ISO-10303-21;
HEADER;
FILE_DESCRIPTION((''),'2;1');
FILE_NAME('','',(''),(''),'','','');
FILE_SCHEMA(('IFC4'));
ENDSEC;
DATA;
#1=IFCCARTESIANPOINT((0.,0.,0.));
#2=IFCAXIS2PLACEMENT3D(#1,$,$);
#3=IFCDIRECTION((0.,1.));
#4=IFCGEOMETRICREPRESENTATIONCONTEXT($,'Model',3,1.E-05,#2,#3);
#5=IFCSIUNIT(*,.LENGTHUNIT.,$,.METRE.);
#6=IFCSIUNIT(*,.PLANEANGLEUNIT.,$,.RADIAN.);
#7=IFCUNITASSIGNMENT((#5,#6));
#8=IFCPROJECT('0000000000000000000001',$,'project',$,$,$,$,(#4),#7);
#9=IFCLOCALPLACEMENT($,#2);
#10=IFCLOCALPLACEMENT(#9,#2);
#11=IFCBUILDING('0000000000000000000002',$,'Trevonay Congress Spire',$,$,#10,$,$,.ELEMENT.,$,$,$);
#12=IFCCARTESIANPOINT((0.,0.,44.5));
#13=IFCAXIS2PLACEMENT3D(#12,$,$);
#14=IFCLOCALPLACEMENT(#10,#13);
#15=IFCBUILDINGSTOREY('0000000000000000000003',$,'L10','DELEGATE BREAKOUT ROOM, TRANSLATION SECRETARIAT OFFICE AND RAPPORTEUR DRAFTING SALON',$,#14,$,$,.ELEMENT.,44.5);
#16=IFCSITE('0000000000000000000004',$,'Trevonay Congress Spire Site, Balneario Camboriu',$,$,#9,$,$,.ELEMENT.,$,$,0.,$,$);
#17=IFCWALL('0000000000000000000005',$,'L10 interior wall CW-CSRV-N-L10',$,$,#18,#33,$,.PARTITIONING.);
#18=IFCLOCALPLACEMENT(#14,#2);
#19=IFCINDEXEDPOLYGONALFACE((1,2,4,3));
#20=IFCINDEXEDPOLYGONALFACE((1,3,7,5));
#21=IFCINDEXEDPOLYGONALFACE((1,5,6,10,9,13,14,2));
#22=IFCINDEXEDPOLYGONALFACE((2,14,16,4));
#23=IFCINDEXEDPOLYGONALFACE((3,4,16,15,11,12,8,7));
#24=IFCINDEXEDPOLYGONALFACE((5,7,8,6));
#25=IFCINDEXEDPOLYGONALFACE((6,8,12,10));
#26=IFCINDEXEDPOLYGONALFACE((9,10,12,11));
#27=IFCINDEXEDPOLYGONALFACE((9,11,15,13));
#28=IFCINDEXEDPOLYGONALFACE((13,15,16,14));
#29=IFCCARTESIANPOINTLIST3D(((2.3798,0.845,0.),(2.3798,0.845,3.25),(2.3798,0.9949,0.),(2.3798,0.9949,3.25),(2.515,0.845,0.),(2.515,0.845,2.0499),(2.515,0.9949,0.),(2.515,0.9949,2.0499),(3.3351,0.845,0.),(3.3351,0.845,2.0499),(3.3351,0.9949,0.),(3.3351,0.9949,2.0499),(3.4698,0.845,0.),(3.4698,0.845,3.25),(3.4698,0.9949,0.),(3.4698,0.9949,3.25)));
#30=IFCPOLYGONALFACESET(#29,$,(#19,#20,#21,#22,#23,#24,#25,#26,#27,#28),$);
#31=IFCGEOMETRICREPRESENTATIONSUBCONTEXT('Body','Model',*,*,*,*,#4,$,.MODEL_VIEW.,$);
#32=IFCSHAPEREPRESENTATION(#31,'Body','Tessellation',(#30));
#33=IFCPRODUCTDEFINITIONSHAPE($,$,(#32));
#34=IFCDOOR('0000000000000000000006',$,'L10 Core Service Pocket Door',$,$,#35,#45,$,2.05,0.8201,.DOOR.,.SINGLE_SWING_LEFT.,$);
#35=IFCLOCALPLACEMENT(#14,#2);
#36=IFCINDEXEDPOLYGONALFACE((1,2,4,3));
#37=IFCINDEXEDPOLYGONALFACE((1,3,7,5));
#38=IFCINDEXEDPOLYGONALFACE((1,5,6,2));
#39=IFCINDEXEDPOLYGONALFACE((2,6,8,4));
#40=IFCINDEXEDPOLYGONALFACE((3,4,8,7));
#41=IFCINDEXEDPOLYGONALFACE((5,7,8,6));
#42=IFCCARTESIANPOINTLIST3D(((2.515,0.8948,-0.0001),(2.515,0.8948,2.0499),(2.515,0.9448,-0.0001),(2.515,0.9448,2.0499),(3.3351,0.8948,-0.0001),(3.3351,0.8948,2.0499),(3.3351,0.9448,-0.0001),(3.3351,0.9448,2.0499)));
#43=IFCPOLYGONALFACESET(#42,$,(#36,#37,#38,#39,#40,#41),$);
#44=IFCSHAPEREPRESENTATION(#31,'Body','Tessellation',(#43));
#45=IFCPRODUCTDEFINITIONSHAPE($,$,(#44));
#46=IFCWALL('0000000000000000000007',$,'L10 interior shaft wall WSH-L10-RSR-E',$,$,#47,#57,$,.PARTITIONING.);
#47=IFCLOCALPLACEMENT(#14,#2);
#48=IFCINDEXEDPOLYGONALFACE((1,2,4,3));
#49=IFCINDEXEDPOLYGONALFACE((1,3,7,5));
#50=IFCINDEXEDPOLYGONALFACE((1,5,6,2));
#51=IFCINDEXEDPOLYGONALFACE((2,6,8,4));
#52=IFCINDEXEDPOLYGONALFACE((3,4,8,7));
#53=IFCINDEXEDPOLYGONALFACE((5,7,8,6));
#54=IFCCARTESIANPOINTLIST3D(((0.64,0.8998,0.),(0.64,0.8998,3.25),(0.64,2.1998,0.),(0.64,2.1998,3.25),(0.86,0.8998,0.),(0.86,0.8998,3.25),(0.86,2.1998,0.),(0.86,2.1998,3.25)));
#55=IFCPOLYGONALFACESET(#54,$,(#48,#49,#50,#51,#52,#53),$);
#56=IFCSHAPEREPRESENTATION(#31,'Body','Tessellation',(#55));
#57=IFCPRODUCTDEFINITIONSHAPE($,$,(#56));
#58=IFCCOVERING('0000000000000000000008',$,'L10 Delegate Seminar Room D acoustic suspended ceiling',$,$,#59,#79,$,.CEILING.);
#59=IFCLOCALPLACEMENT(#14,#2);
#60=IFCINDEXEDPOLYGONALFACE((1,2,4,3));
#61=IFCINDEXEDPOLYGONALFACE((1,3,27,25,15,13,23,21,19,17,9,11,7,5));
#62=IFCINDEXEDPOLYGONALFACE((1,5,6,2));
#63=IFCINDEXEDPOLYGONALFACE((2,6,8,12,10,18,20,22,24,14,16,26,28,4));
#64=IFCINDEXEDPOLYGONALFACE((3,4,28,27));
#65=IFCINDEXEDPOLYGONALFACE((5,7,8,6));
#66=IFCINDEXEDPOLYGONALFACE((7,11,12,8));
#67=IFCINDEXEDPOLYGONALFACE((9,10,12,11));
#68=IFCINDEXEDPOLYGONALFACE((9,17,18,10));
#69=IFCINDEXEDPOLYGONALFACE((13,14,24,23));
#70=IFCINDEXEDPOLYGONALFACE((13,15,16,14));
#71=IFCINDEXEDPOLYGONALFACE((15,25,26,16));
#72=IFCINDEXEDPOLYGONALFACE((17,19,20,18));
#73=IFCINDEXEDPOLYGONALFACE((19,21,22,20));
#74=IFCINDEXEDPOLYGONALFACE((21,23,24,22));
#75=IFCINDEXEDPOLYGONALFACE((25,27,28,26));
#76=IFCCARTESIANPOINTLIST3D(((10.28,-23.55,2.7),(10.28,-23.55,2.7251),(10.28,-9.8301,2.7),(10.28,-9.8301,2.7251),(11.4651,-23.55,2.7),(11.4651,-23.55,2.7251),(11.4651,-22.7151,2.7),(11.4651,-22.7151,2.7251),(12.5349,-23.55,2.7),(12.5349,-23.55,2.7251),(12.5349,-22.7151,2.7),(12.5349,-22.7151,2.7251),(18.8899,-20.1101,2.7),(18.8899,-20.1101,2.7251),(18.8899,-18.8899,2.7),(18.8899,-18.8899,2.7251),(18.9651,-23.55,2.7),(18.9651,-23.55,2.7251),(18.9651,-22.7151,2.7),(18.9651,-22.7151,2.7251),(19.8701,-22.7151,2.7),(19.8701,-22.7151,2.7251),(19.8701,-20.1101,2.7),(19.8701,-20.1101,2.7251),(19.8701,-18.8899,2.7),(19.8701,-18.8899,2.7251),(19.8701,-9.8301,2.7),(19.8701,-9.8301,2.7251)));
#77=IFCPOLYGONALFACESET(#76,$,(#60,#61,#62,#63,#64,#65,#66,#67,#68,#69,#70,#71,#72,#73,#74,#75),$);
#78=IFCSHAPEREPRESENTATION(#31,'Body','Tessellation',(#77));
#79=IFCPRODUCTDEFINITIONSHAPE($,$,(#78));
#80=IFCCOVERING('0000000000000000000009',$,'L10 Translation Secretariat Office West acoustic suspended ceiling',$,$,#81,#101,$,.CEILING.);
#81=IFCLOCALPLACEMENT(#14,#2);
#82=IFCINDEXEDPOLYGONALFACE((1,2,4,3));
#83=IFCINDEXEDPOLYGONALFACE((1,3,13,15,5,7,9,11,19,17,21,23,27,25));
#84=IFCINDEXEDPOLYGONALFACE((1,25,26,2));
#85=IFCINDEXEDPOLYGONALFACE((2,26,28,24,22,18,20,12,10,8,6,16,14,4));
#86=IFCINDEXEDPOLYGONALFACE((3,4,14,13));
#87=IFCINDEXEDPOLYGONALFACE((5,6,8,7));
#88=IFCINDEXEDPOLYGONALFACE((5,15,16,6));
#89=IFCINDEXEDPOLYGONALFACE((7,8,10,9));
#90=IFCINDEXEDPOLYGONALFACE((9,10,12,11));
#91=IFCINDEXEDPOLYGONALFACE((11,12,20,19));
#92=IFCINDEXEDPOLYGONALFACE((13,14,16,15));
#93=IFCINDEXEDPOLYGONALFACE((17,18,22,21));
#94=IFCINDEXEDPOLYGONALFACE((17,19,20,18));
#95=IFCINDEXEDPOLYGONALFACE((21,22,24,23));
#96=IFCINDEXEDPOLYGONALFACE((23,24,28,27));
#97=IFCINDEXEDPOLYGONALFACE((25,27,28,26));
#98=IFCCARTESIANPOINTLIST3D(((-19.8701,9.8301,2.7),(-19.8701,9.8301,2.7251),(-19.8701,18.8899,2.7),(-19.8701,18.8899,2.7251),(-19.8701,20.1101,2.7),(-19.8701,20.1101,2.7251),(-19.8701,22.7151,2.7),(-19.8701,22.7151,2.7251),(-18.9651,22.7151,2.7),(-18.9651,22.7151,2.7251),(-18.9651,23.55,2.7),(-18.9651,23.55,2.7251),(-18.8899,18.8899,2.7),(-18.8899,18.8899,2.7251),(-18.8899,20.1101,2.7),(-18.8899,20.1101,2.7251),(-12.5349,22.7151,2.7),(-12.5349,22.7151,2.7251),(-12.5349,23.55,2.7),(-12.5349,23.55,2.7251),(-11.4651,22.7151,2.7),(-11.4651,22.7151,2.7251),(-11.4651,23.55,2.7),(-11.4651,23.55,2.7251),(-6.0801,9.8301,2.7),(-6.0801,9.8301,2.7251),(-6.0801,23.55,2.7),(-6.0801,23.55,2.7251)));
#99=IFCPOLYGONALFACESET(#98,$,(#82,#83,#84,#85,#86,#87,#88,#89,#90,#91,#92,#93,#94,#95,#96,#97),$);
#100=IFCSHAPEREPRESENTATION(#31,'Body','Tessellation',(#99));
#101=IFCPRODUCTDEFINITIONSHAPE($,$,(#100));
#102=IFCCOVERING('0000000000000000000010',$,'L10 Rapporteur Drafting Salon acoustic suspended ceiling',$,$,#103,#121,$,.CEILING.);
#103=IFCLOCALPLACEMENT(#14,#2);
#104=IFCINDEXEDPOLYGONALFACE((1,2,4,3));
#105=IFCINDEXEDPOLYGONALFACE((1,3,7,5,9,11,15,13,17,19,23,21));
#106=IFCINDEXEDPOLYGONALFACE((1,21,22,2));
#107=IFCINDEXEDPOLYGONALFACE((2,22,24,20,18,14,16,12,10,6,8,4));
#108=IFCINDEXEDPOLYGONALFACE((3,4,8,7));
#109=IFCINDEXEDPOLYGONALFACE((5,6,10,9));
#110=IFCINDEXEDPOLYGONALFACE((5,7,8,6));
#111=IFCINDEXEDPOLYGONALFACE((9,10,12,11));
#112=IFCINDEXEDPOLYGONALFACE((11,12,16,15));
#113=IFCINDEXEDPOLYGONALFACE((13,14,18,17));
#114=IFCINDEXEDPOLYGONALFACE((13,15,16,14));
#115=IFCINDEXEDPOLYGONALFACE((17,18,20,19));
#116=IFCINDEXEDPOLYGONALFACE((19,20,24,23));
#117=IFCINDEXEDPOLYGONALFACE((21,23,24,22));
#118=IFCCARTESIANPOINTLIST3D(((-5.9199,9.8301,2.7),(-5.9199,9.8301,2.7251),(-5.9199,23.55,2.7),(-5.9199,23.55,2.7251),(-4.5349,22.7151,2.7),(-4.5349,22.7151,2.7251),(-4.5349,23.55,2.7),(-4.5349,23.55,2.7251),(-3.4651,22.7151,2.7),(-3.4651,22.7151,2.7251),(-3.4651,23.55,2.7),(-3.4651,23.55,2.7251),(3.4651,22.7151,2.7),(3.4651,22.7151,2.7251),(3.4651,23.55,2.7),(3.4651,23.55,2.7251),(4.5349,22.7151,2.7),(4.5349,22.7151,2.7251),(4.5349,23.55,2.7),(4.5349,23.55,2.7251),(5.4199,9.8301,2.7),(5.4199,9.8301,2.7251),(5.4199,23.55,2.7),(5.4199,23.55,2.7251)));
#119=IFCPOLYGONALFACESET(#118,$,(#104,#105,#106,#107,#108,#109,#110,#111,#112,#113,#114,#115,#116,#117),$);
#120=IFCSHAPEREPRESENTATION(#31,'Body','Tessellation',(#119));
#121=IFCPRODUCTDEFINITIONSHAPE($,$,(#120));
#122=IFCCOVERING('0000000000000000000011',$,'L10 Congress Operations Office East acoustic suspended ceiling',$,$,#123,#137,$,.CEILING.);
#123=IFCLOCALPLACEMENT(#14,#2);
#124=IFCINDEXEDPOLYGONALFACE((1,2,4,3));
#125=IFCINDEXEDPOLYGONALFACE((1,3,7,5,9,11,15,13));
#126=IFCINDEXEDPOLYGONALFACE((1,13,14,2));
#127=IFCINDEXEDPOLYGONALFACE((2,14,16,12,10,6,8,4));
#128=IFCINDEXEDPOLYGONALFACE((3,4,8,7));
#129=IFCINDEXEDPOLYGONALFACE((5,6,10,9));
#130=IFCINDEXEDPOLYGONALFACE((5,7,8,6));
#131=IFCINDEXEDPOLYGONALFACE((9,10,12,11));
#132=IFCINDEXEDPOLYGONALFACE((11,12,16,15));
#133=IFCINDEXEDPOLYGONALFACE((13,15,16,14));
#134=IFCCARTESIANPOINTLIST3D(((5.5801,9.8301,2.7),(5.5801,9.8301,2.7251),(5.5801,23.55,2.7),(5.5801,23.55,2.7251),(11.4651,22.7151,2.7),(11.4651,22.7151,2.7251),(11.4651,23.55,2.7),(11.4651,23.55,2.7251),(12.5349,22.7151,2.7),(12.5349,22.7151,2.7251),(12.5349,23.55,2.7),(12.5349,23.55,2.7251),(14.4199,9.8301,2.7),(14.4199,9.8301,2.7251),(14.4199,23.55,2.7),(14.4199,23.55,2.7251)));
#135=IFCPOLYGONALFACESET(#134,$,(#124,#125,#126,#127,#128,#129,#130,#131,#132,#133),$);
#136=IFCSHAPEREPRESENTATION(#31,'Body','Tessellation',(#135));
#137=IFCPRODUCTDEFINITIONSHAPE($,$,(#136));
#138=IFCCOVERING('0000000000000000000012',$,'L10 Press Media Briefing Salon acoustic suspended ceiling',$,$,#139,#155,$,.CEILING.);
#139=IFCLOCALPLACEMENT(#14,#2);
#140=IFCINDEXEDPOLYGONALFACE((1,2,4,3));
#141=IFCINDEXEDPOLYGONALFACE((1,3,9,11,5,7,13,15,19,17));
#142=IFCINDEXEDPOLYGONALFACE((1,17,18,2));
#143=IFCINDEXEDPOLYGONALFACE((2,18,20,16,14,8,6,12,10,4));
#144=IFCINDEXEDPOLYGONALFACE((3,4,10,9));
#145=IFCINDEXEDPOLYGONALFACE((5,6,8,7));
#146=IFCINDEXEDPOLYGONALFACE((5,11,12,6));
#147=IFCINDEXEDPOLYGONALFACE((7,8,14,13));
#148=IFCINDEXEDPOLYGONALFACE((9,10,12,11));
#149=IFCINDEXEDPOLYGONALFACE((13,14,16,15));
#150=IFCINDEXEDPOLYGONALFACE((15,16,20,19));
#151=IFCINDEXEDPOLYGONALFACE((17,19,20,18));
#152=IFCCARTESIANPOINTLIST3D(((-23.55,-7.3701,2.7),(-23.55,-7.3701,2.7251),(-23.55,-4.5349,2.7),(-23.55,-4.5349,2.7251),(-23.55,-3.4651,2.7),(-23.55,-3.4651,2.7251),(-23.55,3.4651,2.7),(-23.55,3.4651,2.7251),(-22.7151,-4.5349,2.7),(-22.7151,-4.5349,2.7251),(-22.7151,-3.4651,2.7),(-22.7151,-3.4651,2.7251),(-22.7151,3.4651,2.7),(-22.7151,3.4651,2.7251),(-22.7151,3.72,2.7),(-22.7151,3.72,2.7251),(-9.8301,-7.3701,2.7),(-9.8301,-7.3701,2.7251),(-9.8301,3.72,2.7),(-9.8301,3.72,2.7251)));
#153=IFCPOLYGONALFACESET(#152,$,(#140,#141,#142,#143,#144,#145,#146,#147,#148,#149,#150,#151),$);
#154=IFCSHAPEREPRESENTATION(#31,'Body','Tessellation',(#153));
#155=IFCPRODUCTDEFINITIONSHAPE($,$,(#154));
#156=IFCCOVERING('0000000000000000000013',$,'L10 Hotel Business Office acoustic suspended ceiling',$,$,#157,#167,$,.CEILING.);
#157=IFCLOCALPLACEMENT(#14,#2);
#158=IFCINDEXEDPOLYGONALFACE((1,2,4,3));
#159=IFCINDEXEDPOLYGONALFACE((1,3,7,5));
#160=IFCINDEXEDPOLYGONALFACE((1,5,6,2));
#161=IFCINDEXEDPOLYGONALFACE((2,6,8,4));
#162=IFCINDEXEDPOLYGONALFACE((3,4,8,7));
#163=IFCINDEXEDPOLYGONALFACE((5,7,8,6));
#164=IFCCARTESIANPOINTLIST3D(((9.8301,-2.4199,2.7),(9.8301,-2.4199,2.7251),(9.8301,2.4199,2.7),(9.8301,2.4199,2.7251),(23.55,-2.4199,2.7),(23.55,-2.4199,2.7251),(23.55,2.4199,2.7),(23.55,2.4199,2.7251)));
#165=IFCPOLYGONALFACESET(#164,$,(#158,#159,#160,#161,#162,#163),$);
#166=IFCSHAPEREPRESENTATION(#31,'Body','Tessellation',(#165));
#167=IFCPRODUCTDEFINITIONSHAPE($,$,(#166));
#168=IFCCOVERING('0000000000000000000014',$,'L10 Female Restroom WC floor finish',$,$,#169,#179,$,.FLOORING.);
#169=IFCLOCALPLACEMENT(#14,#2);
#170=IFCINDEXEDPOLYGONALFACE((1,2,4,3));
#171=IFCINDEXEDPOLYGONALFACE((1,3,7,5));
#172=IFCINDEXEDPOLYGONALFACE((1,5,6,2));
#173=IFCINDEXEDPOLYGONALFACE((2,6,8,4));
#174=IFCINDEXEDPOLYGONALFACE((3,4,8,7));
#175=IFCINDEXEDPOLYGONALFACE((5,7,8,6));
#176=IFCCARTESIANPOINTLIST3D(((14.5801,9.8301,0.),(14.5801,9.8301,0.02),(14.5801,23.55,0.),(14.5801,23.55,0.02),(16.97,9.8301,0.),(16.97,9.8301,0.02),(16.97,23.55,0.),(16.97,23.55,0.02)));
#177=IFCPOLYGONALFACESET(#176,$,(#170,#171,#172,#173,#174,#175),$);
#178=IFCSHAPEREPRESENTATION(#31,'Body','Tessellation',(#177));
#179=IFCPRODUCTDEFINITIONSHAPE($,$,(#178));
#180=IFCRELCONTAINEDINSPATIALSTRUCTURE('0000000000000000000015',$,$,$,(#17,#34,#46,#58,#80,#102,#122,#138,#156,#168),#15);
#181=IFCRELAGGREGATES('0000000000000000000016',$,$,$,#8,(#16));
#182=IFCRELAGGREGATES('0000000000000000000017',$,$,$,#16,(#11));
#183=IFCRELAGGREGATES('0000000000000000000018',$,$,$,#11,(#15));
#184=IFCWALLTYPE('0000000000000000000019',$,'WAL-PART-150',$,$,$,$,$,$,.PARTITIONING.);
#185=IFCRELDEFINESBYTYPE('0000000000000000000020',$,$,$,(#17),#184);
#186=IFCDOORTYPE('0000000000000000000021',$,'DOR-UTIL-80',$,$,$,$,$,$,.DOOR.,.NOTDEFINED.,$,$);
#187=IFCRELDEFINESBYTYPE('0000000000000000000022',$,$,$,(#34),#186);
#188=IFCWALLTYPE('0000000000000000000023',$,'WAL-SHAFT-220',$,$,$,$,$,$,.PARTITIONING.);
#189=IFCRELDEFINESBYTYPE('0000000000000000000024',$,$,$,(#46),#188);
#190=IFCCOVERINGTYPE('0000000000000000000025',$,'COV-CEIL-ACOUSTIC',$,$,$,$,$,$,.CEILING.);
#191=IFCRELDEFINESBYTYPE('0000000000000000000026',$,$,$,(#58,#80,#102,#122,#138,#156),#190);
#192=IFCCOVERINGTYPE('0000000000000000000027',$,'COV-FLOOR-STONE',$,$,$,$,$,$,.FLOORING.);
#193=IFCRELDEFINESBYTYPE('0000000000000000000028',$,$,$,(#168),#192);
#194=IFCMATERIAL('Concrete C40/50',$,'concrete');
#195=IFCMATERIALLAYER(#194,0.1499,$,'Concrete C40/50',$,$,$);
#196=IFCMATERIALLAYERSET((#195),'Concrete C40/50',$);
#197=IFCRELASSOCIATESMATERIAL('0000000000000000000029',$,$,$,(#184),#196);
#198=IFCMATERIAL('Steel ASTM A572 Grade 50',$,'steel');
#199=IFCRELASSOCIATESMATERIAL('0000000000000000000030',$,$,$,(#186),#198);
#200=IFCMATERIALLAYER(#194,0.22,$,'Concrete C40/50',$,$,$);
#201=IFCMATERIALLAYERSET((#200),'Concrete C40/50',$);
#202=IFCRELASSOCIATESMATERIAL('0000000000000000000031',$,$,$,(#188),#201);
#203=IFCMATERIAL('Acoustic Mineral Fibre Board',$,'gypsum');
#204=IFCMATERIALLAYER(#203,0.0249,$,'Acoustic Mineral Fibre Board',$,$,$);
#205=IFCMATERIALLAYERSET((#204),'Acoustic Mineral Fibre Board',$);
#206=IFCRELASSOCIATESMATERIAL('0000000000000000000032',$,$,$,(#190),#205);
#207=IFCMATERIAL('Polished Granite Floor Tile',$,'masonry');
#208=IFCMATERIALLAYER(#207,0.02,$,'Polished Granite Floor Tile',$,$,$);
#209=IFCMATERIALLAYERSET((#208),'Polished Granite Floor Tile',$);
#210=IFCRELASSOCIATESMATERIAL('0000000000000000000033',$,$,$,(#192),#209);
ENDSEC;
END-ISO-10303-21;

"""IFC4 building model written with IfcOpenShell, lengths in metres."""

from ifc_helpers import new_model, si_unit, direction, frame, frame_2d, origin, place, context, subcontext, project, spatial, polyline, rectangle, outline, extrude, material, layer, layer_set, type_object, element, fill, save


model = new_model("IFC4")

# Units and contexts
model_context = context("Model", 3, precision=1e-05, world=origin(), true_north=direction((0.0, 1.0)))
body_context = subcontext(model_context, "Body", "Model", "MODEL_VIEW")
ifc_project = project(units=[si_unit("LENGTHUNIT", "METRE"), si_unit("PLANEANGLEUNIT", "RADIAN")], contexts=[model_context])

# Site, building, storey
site_placement = place(None, origin())
site = spatial("IfcSite", under=ifc_project, at=site_placement, Name="Trevonay Congress Spire Site, Balneario Camboriu", CompositionType="ELEMENT", RefElevation=0.0)
building_placement = place(site_placement, origin())
building = spatial("IfcBuilding", under=site, at=building_placement, Name="Trevonay Congress Spire", CompositionType="ELEMENT")
storey_placement = place(building_placement, frame((0.0, 0.0, 44.5)))
storey = spatial("IfcBuildingStorey", under=building, at=storey_placement, Name="L10", Description="DELEGATE BREAKOUT ROOM, TRANSLATION SECRETARIAT OFFICE AND RAPPORTEUR DRAFTING SALON", CompositionType="ELEMENT", Elevation=44.5)

# Wall, opening, door
ifc_material_1 = material(Name="Concrete C40/50", Category="concrete")
ifc_layer_1 = layer(ifc_material_1, 0.1499, Name="Concrete C40/50")
ifc_layer_set_1 = layer_set([ifc_layer_1], Name="Concrete C40/50")
wall_type_1 = type_object("IfcWallType", Name="WAL-PART-150", PredefinedType="PARTITIONING", material=ifc_layer_set_1)
wall_1_placement = place(storey_placement, frame((2.3799, 0.9199, 0.0), z_axis=(0.0, 0.0, 1.0), x_axis=(1.0, 0.0, 0.0)))
wall_1 = element("IfcWall", 1, at=wall_1_placement, inside=storey, type_object=wall_type_1, Name="L10 interior wall CW-CSRV-N-L10", PredefinedType="PARTITIONING", context=body_context, shape_type="SweptSolid", body=[
    extrude(rectangle(XDim=1.0901, YDim=0.1499, at=frame_2d((0.5449, 0.0))), origin(), (0.0, 0.0, 1.0), 3.25),
])
opening_placement = place(wall_1_placement, frame((0.135, 0.0, 0.0)))
opening = element("IfcOpeningElement", 2, at=opening_placement, cuts=wall_1, PredefinedType="OPENING", context=body_context, shape_type="SweptSolid", body=[
    extrude(rectangle(XDim=0.8201, YDim=2.05, at=frame_2d((0.4102, 1.0249))), frame((0.0, 0.085, 0.0), z_axis=(0.0, -1.0, 0.0), x_axis=(1.0, 0.0, 0.0)), (0.0, 0.0, 1.0), 0.1699),
])
ifc_material_2 = material(Name="Steel ASTM A572 Grade 50", Category="steel")
door_type = type_object("IfcDoorType", Name="DOR-UTIL-80", OperationType="NOTDEFINED", PredefinedType="DOOR", material=ifc_material_2)
door_placement = place(opening_placement, origin())
door = element("IfcDoor", 3, at=door_placement, inside=storey, type_object=door_type, Name="L10 Core Service Pocket Door", OperationType="SINGLE_SWING_LEFT", OverallHeight=2.05, OverallWidth=0.8201, PredefinedType="DOOR", context=body_context, shape_type="SweptSolid", body=[
    extrude(rectangle(XDim=0.8201, YDim=2.05, at=frame_2d((0.4102, 1.0249))), frame((0.0, 0.0249, 0.0), z_axis=(0.0, -1.0, 0.0), x_axis=(1.0, 0.0, 0.0)), (0.0, 0.0, 1.0), 0.05),
])
fill(opening, door)

# Wall
ifc_layer_2 = layer(ifc_material_1, 0.22, Name="Concrete C40/50")
ifc_layer_set_2 = layer_set([ifc_layer_2], Name="Concrete C40/50")
wall_type_2 = type_object("IfcWallType", Name="WAL-SHAFT-220", PredefinedType="PARTITIONING", material=ifc_layer_set_2)
wall_2_placement = place(storey_placement, frame((0.75, 0.8999, 0.0), z_axis=(0.0, 0.0, 1.0), x_axis=(0.0, 1.0, 0.0)))
element("IfcWall", 4, at=wall_2_placement, inside=storey, type_object=wall_type_2, Name="L10 interior shaft wall WSH-L10-RSR-E", PredefinedType="PARTITIONING", context=body_context, shape_type="SweptSolid", body=[
    extrude(rectangle(XDim=1.3, YDim=0.22, at=frame_2d((0.6499, 0.0))), origin(), (0.0, 0.0, 1.0), 3.25),
])

# Coverings
ifc_material_3 = material(Name="Acoustic Mineral Fibre Board", Category="gypsum")
ifc_layer_3 = layer(ifc_material_3, 0.0249, Name="Acoustic Mineral Fibre Board")
ifc_layer_set_3 = layer_set([ifc_layer_3], Name="Acoustic Mineral Fibre Board")
covering_type_1 = type_object("IfcCoveringType", Name="COV-CEIL-ACOUSTIC", PredefinedType="CEILING", material=ifc_layer_set_3)
covering_1_placement = place(storey_placement, frame((0.0, 0.0, 2.7)))
element("IfcCovering", 5, at=covering_1_placement, inside=storey, type_object=covering_type_1, Name="L10 Delegate Seminar Room D acoustic suspended ceiling", PredefinedType="CEILING", context=body_context, shape_type="SweptSolid", body=[
    extrude(outline(polyline([(10.28, -23.55), (10.28, -9.8301), (19.8701, -9.8301), (19.8701, -18.8899), (18.8899, -18.8899), (18.8899, -20.1101), (19.8701, -20.1101), (19.8701, -22.7151), (18.9651, -22.7151), (18.9651, -23.55), (12.5349, -23.55), (12.5349, -22.7151), (11.4651, -22.7151), (11.4651, -23.55), (10.28, -23.55)])), origin(), (0.0, 0.0, 1.0), 0.0251),
])
covering_2_placement = place(storey_placement, frame((0.0, 0.0, 2.7)))
element("IfcCovering", 6, at=covering_2_placement, inside=storey, type_object=covering_type_1, Name="L10 Translation Secretariat Office West acoustic suspended ceiling", PredefinedType="CEILING", context=body_context, shape_type="SweptSolid", body=[
    extrude(outline(polyline([(-6.0801, 23.55), (-6.0801, 9.8301), (-19.8701, 9.8301), (-19.8701, 18.8899), (-18.8899, 18.8899), (-18.8899, 20.1101), (-19.8701, 20.1101), (-19.8701, 22.7151), (-18.9651, 22.7151), (-18.9651, 23.55), (-12.5349, 23.55), (-12.5349, 22.7151), (-11.4651, 22.7151), (-11.4651, 23.55), (-6.0801, 23.55)])), origin(), (0.0, 0.0, 1.0), 0.0251),
])
covering_3_placement = place(storey_placement, frame((0.0, 0.0, 2.7)))
element("IfcCovering", 7, at=covering_3_placement, inside=storey, type_object=covering_type_1, Name="L10 Rapporteur Drafting Salon acoustic suspended ceiling", PredefinedType="CEILING", context=body_context, shape_type="SweptSolid", body=[
    extrude(outline(polyline([(5.4199, 23.55), (5.4199, 9.8301), (-5.9199, 9.8301), (-5.9199, 23.55), (-4.5349, 23.55), (-4.5349, 22.7151), (-3.4651, 22.7151), (-3.4651, 23.55), (3.4651, 23.55), (3.4651, 22.7151), (4.5349, 22.7151), (4.5349, 23.55), (5.4199, 23.55)])), origin(), (0.0, 0.0, 1.0), 0.0251),
])
covering_4_placement = place(storey_placement, frame((0.0, 0.0, 2.7)))
element("IfcCovering", 8, at=covering_4_placement, inside=storey, type_object=covering_type_1, Name="L10 Congress Operations Office East acoustic suspended ceiling", PredefinedType="CEILING", context=body_context, shape_type="SweptSolid", body=[
    extrude(outline(polyline([(14.4199, 23.55), (14.4199, 9.8301), (5.5801, 9.8301), (5.5801, 23.55), (11.4651, 23.55), (11.4651, 22.7151), (12.5349, 22.7151), (12.5349, 23.55), (14.4199, 23.55)])), origin(), (0.0, 0.0, 1.0), 0.0251),
])
covering_5_placement = place(storey_placement, frame((0.0, 0.0, 2.7)))
element("IfcCovering", 9, at=covering_5_placement, inside=storey, type_object=covering_type_1, Name="L10 Press Media Briefing Salon acoustic suspended ceiling", PredefinedType="CEILING", context=body_context, shape_type="SweptSolid", body=[
    extrude(outline(polyline([(-9.8301, 3.72), (-9.8301, -7.3701), (-23.55, -7.3701), (-23.55, -4.5349), (-22.7151, -4.5349), (-22.7151, -3.4651), (-23.55, -3.4651), (-23.55, 3.4651), (-22.7151, 3.4651), (-22.7151, 3.72), (-9.8301, 3.72)])), origin(), (0.0, 0.0, 1.0), 0.0251),
])
covering_6_placement = place(storey_placement, frame((0.0, 0.0, 2.7)))
element("IfcCovering", 10, at=covering_6_placement, inside=storey, type_object=covering_type_1, Name="L10 Hotel Business Office acoustic suspended ceiling", PredefinedType="CEILING", context=body_context, shape_type="SweptSolid", body=[
    extrude(outline(polyline([(9.8301, -2.4199), (23.55, -2.4199), (23.55, 2.4199), (9.8301, 2.4199), (9.8301, -2.4199)])), origin(), (0.0, 0.0, 1.0), 0.0251),
])
ifc_material_4 = material(Name="Polished Granite Floor Tile", Category="masonry")
ifc_layer_4 = layer(ifc_material_4, 0.02, Name="Polished Granite Floor Tile")
ifc_layer_set_4 = layer_set([ifc_layer_4], Name="Polished Granite Floor Tile")
covering_type_2 = type_object("IfcCoveringType", Name="COV-FLOOR-STONE", PredefinedType="FLOORING", material=ifc_layer_set_4)
covering_7_placement = place(storey_placement, origin())
element("IfcCovering", 11, at=covering_7_placement, inside=storey, type_object=covering_type_2, Name="L10 Female Restroom WC floor finish", PredefinedType="FLOORING", context=body_context, shape_type="SweptSolid", body=[
    extrude(outline(polyline([(14.5801, 9.8301), (16.97, 9.8301), (16.97, 23.55), (14.5801, 23.55), (14.5801, 9.8301)])), origin(), (0.0, 0.0, 1.0), 0.02),
])

save(model, "model.ifc")
